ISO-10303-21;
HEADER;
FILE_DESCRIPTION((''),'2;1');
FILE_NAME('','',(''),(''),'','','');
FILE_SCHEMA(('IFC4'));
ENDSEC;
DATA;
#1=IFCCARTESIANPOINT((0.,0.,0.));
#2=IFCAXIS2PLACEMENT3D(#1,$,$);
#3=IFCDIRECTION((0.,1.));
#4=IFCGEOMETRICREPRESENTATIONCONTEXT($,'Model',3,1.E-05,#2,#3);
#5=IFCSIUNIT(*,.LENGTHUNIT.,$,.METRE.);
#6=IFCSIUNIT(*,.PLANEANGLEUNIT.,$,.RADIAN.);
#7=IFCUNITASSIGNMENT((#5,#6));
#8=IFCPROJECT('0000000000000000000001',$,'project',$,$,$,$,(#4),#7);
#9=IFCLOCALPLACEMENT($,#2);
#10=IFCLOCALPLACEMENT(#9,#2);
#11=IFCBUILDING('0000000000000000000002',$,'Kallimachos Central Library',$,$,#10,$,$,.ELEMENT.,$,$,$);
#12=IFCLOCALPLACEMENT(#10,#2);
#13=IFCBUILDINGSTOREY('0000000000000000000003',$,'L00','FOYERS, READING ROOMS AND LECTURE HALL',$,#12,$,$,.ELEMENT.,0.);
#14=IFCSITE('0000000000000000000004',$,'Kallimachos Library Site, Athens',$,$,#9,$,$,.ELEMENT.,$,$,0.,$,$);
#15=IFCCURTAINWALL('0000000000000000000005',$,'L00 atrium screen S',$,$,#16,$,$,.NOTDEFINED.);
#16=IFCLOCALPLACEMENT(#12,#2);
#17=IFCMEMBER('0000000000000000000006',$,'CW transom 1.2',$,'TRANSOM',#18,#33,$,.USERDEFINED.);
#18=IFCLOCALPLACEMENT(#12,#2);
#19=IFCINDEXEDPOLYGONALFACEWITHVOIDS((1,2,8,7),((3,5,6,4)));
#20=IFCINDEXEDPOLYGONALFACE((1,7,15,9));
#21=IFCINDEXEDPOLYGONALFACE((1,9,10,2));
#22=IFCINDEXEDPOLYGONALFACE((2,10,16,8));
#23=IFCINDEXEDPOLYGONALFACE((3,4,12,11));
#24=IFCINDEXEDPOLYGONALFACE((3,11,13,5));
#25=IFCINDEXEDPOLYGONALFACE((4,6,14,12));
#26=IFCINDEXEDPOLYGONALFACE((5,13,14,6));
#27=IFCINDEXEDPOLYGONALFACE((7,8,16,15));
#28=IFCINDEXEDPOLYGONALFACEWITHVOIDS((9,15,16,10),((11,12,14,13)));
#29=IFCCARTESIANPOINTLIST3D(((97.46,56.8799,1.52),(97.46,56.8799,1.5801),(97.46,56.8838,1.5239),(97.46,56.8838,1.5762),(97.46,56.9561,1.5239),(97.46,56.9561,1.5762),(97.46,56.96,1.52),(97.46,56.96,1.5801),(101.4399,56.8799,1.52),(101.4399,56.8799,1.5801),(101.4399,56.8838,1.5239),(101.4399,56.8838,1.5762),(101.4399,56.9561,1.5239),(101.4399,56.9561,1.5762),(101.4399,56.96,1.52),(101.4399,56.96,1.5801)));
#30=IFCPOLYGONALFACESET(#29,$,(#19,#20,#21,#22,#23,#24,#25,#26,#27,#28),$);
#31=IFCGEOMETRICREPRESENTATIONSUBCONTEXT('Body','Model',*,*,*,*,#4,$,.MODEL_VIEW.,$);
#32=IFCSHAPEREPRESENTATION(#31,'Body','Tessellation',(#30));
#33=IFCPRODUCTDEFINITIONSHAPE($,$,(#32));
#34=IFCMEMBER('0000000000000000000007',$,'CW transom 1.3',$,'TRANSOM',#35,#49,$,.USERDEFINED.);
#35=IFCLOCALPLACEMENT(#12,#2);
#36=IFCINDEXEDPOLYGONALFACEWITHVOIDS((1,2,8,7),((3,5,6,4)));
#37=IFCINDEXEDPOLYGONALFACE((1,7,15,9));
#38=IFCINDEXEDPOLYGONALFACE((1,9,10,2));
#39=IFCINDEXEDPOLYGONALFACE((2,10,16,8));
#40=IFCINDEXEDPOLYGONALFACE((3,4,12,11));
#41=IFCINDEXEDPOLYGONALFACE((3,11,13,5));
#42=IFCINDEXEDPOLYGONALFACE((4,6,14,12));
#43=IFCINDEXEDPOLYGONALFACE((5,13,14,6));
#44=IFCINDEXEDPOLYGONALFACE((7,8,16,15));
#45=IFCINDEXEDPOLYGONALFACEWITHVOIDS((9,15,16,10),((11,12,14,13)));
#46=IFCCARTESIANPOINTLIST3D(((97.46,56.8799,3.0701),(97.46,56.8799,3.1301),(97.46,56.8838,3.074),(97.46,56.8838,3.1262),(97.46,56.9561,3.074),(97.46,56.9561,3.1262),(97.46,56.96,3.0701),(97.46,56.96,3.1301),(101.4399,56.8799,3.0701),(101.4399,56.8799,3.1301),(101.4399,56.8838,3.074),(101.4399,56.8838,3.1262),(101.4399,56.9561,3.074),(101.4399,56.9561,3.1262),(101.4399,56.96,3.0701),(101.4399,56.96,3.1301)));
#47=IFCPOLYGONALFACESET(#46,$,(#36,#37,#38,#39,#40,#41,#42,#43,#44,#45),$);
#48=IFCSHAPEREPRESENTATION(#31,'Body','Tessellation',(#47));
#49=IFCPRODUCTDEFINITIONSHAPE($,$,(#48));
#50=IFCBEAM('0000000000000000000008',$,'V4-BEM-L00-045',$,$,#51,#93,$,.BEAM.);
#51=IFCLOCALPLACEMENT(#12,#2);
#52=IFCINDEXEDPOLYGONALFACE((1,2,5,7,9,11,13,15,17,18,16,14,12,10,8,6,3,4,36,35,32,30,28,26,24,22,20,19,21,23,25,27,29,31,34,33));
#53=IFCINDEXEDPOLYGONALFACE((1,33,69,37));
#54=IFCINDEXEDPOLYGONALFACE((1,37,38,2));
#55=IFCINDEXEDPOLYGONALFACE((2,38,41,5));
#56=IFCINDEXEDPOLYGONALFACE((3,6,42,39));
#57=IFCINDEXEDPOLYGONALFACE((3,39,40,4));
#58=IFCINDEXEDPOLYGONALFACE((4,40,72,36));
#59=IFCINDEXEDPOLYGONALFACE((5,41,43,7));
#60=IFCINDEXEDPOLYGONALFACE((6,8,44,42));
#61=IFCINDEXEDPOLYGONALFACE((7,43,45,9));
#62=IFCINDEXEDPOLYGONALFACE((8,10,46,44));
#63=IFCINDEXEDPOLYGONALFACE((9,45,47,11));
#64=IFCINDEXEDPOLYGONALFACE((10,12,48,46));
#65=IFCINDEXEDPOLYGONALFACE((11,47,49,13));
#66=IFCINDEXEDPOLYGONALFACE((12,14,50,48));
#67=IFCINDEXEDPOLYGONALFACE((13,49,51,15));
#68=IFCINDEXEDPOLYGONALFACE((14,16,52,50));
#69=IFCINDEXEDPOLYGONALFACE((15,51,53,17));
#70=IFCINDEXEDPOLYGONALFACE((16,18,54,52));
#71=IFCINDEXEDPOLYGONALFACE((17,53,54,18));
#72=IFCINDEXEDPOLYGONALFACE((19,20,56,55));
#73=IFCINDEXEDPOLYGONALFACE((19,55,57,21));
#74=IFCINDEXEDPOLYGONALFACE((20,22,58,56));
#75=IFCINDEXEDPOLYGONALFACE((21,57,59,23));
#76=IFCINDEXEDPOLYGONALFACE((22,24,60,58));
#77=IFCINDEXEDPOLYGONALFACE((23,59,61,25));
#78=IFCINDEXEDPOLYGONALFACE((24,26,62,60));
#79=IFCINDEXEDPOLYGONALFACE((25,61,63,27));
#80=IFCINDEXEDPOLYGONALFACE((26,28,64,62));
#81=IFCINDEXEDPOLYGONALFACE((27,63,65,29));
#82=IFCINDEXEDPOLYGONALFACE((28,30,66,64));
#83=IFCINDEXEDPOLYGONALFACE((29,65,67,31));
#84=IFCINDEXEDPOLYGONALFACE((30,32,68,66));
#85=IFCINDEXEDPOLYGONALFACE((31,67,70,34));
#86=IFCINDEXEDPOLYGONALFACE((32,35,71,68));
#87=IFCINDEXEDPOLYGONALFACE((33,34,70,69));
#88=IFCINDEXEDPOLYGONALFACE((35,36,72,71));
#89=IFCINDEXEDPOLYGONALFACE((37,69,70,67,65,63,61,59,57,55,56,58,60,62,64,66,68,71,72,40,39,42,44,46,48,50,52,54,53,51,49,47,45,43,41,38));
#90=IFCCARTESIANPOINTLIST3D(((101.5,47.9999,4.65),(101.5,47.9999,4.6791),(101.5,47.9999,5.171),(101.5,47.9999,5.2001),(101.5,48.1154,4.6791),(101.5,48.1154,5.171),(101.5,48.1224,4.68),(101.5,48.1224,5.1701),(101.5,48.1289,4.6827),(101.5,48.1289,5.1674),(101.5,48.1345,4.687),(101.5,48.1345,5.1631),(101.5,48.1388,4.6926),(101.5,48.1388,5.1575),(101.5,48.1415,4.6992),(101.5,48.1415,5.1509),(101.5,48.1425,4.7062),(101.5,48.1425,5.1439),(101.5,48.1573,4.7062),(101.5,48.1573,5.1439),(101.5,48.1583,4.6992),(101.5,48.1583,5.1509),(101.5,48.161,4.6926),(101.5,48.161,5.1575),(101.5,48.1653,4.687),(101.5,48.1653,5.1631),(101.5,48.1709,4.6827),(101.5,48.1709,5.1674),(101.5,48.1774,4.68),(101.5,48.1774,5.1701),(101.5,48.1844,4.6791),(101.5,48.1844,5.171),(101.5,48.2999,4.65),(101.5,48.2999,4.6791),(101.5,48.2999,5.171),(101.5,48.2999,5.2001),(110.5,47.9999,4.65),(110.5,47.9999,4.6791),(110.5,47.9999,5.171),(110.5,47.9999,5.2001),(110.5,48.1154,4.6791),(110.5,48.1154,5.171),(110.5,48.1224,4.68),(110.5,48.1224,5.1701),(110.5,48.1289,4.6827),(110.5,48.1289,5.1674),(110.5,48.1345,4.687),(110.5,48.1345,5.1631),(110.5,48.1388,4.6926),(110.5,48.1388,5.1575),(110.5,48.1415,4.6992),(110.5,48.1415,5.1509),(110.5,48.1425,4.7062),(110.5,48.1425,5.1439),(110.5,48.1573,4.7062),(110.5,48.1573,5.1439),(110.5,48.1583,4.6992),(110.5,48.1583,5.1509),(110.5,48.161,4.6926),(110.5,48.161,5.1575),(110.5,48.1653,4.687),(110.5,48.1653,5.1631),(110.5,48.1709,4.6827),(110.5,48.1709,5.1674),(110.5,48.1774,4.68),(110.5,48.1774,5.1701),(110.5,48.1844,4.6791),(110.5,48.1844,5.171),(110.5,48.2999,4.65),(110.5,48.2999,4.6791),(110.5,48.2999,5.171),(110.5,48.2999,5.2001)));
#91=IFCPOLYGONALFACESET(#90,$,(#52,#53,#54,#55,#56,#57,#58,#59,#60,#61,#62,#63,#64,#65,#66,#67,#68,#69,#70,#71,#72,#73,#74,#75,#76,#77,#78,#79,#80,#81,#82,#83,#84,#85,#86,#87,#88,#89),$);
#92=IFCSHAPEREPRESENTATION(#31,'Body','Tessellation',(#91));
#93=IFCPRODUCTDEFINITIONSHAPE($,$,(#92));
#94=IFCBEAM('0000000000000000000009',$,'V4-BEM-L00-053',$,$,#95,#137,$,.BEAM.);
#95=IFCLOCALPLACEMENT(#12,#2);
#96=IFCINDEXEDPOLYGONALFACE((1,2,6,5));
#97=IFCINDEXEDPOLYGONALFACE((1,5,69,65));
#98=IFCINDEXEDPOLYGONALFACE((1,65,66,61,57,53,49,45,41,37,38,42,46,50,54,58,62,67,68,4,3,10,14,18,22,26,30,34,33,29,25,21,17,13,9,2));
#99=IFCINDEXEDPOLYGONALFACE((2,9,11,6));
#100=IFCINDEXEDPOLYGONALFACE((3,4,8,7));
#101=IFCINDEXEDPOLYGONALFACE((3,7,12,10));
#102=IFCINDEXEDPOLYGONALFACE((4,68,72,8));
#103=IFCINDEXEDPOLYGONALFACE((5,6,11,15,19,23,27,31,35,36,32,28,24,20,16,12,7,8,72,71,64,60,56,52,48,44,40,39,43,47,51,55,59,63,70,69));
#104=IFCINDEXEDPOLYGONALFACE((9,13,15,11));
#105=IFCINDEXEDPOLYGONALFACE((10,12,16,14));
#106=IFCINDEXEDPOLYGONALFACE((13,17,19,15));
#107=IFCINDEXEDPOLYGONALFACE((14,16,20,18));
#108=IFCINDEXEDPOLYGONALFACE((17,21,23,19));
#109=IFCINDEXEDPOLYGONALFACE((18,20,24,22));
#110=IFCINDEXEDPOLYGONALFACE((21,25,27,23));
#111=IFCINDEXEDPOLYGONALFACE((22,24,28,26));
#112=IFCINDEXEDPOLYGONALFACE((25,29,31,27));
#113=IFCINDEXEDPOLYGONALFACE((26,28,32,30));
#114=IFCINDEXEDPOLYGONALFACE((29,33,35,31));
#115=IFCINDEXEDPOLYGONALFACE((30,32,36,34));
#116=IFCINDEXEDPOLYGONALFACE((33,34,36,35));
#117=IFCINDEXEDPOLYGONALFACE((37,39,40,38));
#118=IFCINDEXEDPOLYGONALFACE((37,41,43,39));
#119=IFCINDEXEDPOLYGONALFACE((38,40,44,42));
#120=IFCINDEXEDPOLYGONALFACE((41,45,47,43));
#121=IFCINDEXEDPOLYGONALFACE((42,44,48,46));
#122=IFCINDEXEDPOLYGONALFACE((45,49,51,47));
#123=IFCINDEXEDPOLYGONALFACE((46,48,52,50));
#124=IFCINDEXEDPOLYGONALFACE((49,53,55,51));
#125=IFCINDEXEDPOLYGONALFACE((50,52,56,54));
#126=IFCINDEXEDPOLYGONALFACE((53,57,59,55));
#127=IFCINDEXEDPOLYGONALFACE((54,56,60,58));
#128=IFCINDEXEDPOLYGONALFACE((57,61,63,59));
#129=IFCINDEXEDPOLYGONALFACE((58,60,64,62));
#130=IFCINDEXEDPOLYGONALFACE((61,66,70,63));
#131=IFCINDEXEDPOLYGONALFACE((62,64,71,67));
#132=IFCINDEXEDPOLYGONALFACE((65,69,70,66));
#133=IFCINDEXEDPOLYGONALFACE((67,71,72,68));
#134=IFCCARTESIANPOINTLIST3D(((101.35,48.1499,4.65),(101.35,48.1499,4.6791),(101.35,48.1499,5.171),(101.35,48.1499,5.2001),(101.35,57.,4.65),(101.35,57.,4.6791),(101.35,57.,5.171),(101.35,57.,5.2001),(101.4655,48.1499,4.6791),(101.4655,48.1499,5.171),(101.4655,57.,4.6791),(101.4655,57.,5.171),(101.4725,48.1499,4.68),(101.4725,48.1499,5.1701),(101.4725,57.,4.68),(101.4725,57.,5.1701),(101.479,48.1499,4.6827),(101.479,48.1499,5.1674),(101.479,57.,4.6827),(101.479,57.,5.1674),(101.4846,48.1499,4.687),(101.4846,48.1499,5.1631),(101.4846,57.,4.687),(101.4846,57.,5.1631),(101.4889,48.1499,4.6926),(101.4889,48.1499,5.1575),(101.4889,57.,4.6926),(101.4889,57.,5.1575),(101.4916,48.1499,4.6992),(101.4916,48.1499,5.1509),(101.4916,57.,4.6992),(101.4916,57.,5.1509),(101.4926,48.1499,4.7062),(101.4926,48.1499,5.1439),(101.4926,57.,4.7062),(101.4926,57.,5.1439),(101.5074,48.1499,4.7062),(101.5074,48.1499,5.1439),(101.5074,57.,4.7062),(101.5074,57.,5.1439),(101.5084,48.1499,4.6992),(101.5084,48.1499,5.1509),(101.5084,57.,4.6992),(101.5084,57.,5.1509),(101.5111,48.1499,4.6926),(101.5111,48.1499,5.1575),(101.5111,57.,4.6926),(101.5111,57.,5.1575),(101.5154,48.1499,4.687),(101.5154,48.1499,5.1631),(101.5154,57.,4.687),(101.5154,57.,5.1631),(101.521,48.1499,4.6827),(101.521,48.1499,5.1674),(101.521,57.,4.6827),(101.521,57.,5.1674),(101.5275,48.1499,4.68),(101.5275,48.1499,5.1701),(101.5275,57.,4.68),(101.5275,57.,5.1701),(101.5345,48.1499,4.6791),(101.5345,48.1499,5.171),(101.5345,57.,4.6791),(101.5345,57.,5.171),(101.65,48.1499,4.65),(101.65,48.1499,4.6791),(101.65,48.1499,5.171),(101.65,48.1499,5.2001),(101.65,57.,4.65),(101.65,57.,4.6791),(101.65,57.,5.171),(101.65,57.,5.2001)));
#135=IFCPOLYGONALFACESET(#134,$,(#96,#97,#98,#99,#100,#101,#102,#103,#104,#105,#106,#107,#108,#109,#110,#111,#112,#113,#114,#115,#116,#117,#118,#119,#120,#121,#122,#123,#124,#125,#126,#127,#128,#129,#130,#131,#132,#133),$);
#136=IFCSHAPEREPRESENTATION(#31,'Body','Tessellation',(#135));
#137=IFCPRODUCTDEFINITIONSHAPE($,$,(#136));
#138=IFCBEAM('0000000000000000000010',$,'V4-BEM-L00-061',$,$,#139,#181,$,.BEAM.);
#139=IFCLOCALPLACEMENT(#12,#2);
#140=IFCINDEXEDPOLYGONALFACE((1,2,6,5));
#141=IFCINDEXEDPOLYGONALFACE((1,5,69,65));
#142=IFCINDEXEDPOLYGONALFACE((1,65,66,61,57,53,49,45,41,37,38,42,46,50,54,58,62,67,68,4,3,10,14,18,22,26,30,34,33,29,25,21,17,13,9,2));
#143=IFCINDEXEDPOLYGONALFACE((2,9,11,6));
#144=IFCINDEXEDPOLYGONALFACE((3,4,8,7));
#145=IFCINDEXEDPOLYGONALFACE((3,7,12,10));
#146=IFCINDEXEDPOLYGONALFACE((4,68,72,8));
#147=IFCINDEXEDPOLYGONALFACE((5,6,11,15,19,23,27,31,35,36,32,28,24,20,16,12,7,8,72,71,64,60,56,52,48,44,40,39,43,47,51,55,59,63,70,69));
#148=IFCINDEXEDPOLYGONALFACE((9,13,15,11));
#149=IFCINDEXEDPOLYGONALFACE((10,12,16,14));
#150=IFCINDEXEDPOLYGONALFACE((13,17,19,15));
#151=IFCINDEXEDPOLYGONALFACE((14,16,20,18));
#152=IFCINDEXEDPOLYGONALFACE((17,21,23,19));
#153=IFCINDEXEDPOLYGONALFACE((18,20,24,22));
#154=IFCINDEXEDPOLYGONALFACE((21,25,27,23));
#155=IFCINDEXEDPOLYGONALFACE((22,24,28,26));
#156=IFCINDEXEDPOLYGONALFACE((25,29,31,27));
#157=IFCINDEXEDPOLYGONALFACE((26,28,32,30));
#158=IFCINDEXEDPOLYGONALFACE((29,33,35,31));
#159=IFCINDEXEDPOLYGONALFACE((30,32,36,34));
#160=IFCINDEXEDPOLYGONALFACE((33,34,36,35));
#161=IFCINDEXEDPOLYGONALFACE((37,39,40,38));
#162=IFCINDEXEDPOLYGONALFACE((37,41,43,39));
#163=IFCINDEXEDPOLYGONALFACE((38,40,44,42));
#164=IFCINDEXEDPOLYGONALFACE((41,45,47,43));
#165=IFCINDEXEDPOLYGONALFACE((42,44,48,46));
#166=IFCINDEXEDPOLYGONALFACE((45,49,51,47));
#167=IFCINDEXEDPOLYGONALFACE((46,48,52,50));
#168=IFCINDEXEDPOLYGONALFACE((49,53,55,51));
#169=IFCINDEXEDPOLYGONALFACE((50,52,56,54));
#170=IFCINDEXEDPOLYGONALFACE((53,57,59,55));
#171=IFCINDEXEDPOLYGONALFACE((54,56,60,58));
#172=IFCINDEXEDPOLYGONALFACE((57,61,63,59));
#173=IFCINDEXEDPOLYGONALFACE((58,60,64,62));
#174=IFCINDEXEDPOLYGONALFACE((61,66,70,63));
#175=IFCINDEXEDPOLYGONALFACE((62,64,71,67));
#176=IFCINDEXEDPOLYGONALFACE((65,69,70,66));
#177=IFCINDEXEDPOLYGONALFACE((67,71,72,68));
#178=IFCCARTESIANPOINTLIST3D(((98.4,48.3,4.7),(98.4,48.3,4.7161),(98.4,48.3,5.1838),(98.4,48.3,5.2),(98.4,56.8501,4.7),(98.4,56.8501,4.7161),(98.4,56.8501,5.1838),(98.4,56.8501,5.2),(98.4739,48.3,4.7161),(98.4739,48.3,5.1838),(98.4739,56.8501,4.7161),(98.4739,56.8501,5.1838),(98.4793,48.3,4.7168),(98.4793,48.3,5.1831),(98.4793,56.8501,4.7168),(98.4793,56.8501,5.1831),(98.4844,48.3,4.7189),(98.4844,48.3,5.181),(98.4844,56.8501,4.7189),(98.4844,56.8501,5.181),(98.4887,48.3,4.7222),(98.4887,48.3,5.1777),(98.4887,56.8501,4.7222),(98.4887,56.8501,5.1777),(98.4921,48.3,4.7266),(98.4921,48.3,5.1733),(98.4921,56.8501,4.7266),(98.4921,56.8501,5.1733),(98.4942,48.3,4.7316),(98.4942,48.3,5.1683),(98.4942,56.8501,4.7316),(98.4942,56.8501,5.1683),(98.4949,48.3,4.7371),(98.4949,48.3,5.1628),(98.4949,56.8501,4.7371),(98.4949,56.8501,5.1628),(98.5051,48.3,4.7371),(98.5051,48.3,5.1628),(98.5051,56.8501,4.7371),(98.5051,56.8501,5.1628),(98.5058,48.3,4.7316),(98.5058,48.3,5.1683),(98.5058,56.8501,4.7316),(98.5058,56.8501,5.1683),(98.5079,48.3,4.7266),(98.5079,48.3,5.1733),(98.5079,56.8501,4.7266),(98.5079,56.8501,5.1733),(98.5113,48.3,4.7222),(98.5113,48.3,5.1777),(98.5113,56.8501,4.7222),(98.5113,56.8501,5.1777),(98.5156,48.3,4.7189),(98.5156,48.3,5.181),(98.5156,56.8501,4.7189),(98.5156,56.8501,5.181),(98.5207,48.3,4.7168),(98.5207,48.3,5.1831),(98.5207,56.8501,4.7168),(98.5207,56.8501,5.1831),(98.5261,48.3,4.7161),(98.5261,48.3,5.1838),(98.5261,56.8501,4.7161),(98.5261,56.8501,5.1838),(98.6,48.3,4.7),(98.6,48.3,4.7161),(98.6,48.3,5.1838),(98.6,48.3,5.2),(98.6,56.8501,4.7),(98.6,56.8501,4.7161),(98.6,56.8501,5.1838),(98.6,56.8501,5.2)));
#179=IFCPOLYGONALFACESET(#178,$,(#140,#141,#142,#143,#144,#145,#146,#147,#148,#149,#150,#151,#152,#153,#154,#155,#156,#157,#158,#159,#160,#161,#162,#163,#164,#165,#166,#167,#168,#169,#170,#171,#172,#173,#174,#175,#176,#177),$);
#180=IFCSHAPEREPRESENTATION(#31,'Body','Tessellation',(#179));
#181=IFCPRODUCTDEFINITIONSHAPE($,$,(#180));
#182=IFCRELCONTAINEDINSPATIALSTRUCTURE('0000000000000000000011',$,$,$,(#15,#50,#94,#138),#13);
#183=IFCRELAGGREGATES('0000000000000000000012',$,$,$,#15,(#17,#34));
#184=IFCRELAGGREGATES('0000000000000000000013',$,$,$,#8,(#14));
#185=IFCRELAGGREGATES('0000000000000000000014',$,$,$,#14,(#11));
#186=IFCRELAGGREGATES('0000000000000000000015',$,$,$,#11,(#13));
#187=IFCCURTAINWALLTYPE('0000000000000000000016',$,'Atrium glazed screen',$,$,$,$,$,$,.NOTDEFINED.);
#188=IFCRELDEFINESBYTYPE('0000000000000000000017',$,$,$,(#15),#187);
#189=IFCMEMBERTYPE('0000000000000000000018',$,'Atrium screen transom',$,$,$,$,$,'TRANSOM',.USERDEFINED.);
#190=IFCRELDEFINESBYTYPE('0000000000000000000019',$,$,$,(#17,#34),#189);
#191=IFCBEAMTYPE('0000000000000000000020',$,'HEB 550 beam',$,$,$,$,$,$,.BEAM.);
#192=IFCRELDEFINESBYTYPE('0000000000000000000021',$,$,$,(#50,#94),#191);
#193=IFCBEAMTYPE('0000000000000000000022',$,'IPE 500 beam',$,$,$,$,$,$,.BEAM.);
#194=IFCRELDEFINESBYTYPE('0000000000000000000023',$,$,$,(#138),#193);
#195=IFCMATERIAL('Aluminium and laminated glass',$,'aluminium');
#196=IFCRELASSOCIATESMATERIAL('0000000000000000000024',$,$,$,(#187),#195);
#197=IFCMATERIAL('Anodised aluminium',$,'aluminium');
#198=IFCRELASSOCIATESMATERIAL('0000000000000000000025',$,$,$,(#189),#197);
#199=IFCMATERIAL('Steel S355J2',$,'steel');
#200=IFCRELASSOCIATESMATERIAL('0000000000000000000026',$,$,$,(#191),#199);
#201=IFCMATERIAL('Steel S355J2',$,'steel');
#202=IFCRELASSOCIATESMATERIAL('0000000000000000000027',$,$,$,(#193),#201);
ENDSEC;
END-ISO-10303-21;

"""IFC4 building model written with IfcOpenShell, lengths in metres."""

from ifc_helpers import new_model, si_unit, direction, frame, origin, origin_2d, place, context, subcontext, project, spatial, hollow_rectangle, i_section, extrude, material, material_profile, profile_set, type_object, element, aggregate, save


model = new_model("IFC4")

# Units and contexts
model_context = context("Model", 3, precision=1e-05, world=origin(), true_north=direction((0.0, 1.0)))
body_context = subcontext(model_context, "Body", "Model", "MODEL_VIEW")
ifc_project = project(units=[si_unit("LENGTHUNIT", "METRE"), si_unit("PLANEANGLEUNIT", "RADIAN")], contexts=[model_context])

# Site, building, storey
site_placement = place(None, origin())
site = spatial("IfcSite", under=ifc_project, at=site_placement, Name="Kallimachos Library Site, Athens", CompositionType="ELEMENT", RefElevation=0.0)
building_placement = place(site_placement, origin())
building = spatial("IfcBuilding", under=site, at=building_placement, Name="Kallimachos Central Library", CompositionType="ELEMENT")
storey_placement = place(building_placement, origin())
storey = spatial("IfcBuildingStorey", under=building, at=storey_placement, Name="L00", Description="FOYERS, READING ROOMS AND LECTURE HALL", CompositionType="ELEMENT", Elevation=0.0)

# Curtain wall, members
ifc_material_1 = material(Name="Aluminium and laminated glass", Category="aluminium")
curtain_wall_type = type_object("IfcCurtainWallType", Name="Atrium glazed screen", PredefinedType="NOTDEFINED", material=ifc_material_1)
curtain_wall_placement = place(storey_placement, origin())
curtain_wall = element("IfcCurtainWall", 1, at=curtain_wall_placement, inside=storey, type_object=curtain_wall_type, Name="L00 atrium screen S", PredefinedType="NOTDEFINED")
ifc_material_2 = material(Name="Anodised aluminium", Category="aluminium")
ifc_material_profile_1 = material_profile(ifc_material_2, hollow_rectangle(XDim=0.0601, YDim=0.0801, WallThickness=0.0039, at=origin_2d()), Name="ALU TRANSOM 60x80")
ifc_profile_set_1 = profile_set([ifc_material_profile_1], Name="Anodised aluminium")
member_type_1 = type_object("IfcMemberType", Name="Atrium screen transom", ElementType="TRANSOM", PredefinedType="USERDEFINED", material=ifc_profile_set_1)
member_1_placement = place(storey_placement, frame((97.46, 56.9199, 1.55), z_axis=(1.0, 0.0, 0.0), x_axis=(0.0, 0.0, 1.0)))
member_1 = element("IfcMember", 2, at=member_1_placement, type_object=member_type_1, Name="CW transom 1.2", ObjectType="TRANSOM", PredefinedType="USERDEFINED", context=body_context, shape_type="SweptSolid", body=[
    extrude(hollow_rectangle(XDim=0.0601, YDim=0.0801, WallThickness=0.0039, at=origin_2d()), origin(), (0.0, 0.0, 1.0), 3.98),
])
member_2_placement = place(storey_placement, frame((97.46, 56.9199, 3.1001), z_axis=(1.0, 0.0, 0.0), x_axis=(0.0, 0.0, 1.0)))
member_2 = element("IfcMember", 3, at=member_2_placement, type_object=member_type_1, Name="CW transom 1.3", ObjectType="TRANSOM", PredefinedType="USERDEFINED", context=body_context, shape_type="SweptSolid", body=[
    extrude(hollow_rectangle(XDim=0.0601, YDim=0.0801, WallThickness=0.0039, at=origin_2d()), origin(), (0.0, 0.0, 1.0), 3.98),
])
aggregate(curtain_wall, [member_1, member_2])

# Beams
ifc_material_3 = material(Name="Steel S355J2", Category="steel")
ifc_material_profile_2 = material_profile(ifc_material_3, i_section(OverallWidth=0.3, OverallDepth=0.55, WebThickness=0.0149, FlangeThickness=0.0291, FilletRadius=0.0271, at=origin_2d()), Name="HEB 550")
ifc_profile_set_2 = profile_set([ifc_material_profile_2], Name="Steel S355J2")
beam_type_1 = type_object("IfcBeamType", Name="HEB 550 beam", PredefinedType="BEAM", material=ifc_profile_set_2)
beam_1_placement = place(storey_placement, frame((101.5, 48.1499, 4.925), z_axis=(1.0, 0.0, 0.0), x_axis=(0.0, 1.0, 0.0)))
element("IfcBeam", 4, at=beam_1_placement, inside=storey, type_object=beam_type_1, Name="V4-BEM-L00-045", PredefinedType="BEAM", context=body_context, shape_type="SweptSolid", body=[
    extrude(i_section(OverallWidth=0.3, OverallDepth=0.55, WebThickness=0.0149, FlangeThickness=0.0291, FilletRadius=0.0271, at=origin_2d()), origin(), (0.0, 0.0, 1.0), 9.0),
])
beam_2_placement = place(storey_placement, frame((101.5, 48.1499, 4.925), z_axis=(0.0, 1.0, 0.0), x_axis=(-1.0, 0.0, 0.0)))
element("IfcBeam", 5, at=beam_2_placement, inside=storey, type_object=beam_type_1, Name="V4-BEM-L00-053", PredefinedType="BEAM", context=body_context, shape_type="SweptSolid", body=[
    extrude(i_section(OverallWidth=0.3, OverallDepth=0.55, WebThickness=0.0149, FlangeThickness=0.0291, FilletRadius=0.0271, at=origin_2d()), origin(), (0.0, 0.0, 1.0), 8.8501),
])
ifc_material_4 = material(Name="Steel S355J2", Category="steel")
ifc_material_profile_3 = material_profile(ifc_material_4, i_section(OverallWidth=0.2, OverallDepth=0.5, WebThickness=0.0103, FlangeThickness=0.0161, FilletRadius=0.021, at=origin_2d()), Name="IPE 500")
ifc_profile_set_3 = profile_set([ifc_material_profile_3], Name="Steel S355J2")
beam_type_2 = type_object("IfcBeamType", Name="IPE 500 beam", PredefinedType="BEAM", material=ifc_profile_set_3)
for number, where, z_axis, x_axis, name in (
    (6, (98.5, 48.3, 4.95), (0.0, 1.0, 0.0), (-1.0, 0.0, 0.0), "V4-BEM-L00-061"),
):
    element("IfcBeam", number, at=place(storey_placement, frame(where, z_axis=z_axis, x_axis=x_axis)), inside=storey, type_object=beam_type_2, Name=name, PredefinedType="BEAM", context=body_context, shape_type="SweptSolid", body=[
        extrude(i_section(OverallWidth=0.2, OverallDepth=0.5, WebThickness=0.0103, FlangeThickness=0.0161, FilletRadius=0.021, at=origin_2d()), origin(), (0.0, 0.0, 1.0), 8.55),
    ])

save(model, "model.ifc")
